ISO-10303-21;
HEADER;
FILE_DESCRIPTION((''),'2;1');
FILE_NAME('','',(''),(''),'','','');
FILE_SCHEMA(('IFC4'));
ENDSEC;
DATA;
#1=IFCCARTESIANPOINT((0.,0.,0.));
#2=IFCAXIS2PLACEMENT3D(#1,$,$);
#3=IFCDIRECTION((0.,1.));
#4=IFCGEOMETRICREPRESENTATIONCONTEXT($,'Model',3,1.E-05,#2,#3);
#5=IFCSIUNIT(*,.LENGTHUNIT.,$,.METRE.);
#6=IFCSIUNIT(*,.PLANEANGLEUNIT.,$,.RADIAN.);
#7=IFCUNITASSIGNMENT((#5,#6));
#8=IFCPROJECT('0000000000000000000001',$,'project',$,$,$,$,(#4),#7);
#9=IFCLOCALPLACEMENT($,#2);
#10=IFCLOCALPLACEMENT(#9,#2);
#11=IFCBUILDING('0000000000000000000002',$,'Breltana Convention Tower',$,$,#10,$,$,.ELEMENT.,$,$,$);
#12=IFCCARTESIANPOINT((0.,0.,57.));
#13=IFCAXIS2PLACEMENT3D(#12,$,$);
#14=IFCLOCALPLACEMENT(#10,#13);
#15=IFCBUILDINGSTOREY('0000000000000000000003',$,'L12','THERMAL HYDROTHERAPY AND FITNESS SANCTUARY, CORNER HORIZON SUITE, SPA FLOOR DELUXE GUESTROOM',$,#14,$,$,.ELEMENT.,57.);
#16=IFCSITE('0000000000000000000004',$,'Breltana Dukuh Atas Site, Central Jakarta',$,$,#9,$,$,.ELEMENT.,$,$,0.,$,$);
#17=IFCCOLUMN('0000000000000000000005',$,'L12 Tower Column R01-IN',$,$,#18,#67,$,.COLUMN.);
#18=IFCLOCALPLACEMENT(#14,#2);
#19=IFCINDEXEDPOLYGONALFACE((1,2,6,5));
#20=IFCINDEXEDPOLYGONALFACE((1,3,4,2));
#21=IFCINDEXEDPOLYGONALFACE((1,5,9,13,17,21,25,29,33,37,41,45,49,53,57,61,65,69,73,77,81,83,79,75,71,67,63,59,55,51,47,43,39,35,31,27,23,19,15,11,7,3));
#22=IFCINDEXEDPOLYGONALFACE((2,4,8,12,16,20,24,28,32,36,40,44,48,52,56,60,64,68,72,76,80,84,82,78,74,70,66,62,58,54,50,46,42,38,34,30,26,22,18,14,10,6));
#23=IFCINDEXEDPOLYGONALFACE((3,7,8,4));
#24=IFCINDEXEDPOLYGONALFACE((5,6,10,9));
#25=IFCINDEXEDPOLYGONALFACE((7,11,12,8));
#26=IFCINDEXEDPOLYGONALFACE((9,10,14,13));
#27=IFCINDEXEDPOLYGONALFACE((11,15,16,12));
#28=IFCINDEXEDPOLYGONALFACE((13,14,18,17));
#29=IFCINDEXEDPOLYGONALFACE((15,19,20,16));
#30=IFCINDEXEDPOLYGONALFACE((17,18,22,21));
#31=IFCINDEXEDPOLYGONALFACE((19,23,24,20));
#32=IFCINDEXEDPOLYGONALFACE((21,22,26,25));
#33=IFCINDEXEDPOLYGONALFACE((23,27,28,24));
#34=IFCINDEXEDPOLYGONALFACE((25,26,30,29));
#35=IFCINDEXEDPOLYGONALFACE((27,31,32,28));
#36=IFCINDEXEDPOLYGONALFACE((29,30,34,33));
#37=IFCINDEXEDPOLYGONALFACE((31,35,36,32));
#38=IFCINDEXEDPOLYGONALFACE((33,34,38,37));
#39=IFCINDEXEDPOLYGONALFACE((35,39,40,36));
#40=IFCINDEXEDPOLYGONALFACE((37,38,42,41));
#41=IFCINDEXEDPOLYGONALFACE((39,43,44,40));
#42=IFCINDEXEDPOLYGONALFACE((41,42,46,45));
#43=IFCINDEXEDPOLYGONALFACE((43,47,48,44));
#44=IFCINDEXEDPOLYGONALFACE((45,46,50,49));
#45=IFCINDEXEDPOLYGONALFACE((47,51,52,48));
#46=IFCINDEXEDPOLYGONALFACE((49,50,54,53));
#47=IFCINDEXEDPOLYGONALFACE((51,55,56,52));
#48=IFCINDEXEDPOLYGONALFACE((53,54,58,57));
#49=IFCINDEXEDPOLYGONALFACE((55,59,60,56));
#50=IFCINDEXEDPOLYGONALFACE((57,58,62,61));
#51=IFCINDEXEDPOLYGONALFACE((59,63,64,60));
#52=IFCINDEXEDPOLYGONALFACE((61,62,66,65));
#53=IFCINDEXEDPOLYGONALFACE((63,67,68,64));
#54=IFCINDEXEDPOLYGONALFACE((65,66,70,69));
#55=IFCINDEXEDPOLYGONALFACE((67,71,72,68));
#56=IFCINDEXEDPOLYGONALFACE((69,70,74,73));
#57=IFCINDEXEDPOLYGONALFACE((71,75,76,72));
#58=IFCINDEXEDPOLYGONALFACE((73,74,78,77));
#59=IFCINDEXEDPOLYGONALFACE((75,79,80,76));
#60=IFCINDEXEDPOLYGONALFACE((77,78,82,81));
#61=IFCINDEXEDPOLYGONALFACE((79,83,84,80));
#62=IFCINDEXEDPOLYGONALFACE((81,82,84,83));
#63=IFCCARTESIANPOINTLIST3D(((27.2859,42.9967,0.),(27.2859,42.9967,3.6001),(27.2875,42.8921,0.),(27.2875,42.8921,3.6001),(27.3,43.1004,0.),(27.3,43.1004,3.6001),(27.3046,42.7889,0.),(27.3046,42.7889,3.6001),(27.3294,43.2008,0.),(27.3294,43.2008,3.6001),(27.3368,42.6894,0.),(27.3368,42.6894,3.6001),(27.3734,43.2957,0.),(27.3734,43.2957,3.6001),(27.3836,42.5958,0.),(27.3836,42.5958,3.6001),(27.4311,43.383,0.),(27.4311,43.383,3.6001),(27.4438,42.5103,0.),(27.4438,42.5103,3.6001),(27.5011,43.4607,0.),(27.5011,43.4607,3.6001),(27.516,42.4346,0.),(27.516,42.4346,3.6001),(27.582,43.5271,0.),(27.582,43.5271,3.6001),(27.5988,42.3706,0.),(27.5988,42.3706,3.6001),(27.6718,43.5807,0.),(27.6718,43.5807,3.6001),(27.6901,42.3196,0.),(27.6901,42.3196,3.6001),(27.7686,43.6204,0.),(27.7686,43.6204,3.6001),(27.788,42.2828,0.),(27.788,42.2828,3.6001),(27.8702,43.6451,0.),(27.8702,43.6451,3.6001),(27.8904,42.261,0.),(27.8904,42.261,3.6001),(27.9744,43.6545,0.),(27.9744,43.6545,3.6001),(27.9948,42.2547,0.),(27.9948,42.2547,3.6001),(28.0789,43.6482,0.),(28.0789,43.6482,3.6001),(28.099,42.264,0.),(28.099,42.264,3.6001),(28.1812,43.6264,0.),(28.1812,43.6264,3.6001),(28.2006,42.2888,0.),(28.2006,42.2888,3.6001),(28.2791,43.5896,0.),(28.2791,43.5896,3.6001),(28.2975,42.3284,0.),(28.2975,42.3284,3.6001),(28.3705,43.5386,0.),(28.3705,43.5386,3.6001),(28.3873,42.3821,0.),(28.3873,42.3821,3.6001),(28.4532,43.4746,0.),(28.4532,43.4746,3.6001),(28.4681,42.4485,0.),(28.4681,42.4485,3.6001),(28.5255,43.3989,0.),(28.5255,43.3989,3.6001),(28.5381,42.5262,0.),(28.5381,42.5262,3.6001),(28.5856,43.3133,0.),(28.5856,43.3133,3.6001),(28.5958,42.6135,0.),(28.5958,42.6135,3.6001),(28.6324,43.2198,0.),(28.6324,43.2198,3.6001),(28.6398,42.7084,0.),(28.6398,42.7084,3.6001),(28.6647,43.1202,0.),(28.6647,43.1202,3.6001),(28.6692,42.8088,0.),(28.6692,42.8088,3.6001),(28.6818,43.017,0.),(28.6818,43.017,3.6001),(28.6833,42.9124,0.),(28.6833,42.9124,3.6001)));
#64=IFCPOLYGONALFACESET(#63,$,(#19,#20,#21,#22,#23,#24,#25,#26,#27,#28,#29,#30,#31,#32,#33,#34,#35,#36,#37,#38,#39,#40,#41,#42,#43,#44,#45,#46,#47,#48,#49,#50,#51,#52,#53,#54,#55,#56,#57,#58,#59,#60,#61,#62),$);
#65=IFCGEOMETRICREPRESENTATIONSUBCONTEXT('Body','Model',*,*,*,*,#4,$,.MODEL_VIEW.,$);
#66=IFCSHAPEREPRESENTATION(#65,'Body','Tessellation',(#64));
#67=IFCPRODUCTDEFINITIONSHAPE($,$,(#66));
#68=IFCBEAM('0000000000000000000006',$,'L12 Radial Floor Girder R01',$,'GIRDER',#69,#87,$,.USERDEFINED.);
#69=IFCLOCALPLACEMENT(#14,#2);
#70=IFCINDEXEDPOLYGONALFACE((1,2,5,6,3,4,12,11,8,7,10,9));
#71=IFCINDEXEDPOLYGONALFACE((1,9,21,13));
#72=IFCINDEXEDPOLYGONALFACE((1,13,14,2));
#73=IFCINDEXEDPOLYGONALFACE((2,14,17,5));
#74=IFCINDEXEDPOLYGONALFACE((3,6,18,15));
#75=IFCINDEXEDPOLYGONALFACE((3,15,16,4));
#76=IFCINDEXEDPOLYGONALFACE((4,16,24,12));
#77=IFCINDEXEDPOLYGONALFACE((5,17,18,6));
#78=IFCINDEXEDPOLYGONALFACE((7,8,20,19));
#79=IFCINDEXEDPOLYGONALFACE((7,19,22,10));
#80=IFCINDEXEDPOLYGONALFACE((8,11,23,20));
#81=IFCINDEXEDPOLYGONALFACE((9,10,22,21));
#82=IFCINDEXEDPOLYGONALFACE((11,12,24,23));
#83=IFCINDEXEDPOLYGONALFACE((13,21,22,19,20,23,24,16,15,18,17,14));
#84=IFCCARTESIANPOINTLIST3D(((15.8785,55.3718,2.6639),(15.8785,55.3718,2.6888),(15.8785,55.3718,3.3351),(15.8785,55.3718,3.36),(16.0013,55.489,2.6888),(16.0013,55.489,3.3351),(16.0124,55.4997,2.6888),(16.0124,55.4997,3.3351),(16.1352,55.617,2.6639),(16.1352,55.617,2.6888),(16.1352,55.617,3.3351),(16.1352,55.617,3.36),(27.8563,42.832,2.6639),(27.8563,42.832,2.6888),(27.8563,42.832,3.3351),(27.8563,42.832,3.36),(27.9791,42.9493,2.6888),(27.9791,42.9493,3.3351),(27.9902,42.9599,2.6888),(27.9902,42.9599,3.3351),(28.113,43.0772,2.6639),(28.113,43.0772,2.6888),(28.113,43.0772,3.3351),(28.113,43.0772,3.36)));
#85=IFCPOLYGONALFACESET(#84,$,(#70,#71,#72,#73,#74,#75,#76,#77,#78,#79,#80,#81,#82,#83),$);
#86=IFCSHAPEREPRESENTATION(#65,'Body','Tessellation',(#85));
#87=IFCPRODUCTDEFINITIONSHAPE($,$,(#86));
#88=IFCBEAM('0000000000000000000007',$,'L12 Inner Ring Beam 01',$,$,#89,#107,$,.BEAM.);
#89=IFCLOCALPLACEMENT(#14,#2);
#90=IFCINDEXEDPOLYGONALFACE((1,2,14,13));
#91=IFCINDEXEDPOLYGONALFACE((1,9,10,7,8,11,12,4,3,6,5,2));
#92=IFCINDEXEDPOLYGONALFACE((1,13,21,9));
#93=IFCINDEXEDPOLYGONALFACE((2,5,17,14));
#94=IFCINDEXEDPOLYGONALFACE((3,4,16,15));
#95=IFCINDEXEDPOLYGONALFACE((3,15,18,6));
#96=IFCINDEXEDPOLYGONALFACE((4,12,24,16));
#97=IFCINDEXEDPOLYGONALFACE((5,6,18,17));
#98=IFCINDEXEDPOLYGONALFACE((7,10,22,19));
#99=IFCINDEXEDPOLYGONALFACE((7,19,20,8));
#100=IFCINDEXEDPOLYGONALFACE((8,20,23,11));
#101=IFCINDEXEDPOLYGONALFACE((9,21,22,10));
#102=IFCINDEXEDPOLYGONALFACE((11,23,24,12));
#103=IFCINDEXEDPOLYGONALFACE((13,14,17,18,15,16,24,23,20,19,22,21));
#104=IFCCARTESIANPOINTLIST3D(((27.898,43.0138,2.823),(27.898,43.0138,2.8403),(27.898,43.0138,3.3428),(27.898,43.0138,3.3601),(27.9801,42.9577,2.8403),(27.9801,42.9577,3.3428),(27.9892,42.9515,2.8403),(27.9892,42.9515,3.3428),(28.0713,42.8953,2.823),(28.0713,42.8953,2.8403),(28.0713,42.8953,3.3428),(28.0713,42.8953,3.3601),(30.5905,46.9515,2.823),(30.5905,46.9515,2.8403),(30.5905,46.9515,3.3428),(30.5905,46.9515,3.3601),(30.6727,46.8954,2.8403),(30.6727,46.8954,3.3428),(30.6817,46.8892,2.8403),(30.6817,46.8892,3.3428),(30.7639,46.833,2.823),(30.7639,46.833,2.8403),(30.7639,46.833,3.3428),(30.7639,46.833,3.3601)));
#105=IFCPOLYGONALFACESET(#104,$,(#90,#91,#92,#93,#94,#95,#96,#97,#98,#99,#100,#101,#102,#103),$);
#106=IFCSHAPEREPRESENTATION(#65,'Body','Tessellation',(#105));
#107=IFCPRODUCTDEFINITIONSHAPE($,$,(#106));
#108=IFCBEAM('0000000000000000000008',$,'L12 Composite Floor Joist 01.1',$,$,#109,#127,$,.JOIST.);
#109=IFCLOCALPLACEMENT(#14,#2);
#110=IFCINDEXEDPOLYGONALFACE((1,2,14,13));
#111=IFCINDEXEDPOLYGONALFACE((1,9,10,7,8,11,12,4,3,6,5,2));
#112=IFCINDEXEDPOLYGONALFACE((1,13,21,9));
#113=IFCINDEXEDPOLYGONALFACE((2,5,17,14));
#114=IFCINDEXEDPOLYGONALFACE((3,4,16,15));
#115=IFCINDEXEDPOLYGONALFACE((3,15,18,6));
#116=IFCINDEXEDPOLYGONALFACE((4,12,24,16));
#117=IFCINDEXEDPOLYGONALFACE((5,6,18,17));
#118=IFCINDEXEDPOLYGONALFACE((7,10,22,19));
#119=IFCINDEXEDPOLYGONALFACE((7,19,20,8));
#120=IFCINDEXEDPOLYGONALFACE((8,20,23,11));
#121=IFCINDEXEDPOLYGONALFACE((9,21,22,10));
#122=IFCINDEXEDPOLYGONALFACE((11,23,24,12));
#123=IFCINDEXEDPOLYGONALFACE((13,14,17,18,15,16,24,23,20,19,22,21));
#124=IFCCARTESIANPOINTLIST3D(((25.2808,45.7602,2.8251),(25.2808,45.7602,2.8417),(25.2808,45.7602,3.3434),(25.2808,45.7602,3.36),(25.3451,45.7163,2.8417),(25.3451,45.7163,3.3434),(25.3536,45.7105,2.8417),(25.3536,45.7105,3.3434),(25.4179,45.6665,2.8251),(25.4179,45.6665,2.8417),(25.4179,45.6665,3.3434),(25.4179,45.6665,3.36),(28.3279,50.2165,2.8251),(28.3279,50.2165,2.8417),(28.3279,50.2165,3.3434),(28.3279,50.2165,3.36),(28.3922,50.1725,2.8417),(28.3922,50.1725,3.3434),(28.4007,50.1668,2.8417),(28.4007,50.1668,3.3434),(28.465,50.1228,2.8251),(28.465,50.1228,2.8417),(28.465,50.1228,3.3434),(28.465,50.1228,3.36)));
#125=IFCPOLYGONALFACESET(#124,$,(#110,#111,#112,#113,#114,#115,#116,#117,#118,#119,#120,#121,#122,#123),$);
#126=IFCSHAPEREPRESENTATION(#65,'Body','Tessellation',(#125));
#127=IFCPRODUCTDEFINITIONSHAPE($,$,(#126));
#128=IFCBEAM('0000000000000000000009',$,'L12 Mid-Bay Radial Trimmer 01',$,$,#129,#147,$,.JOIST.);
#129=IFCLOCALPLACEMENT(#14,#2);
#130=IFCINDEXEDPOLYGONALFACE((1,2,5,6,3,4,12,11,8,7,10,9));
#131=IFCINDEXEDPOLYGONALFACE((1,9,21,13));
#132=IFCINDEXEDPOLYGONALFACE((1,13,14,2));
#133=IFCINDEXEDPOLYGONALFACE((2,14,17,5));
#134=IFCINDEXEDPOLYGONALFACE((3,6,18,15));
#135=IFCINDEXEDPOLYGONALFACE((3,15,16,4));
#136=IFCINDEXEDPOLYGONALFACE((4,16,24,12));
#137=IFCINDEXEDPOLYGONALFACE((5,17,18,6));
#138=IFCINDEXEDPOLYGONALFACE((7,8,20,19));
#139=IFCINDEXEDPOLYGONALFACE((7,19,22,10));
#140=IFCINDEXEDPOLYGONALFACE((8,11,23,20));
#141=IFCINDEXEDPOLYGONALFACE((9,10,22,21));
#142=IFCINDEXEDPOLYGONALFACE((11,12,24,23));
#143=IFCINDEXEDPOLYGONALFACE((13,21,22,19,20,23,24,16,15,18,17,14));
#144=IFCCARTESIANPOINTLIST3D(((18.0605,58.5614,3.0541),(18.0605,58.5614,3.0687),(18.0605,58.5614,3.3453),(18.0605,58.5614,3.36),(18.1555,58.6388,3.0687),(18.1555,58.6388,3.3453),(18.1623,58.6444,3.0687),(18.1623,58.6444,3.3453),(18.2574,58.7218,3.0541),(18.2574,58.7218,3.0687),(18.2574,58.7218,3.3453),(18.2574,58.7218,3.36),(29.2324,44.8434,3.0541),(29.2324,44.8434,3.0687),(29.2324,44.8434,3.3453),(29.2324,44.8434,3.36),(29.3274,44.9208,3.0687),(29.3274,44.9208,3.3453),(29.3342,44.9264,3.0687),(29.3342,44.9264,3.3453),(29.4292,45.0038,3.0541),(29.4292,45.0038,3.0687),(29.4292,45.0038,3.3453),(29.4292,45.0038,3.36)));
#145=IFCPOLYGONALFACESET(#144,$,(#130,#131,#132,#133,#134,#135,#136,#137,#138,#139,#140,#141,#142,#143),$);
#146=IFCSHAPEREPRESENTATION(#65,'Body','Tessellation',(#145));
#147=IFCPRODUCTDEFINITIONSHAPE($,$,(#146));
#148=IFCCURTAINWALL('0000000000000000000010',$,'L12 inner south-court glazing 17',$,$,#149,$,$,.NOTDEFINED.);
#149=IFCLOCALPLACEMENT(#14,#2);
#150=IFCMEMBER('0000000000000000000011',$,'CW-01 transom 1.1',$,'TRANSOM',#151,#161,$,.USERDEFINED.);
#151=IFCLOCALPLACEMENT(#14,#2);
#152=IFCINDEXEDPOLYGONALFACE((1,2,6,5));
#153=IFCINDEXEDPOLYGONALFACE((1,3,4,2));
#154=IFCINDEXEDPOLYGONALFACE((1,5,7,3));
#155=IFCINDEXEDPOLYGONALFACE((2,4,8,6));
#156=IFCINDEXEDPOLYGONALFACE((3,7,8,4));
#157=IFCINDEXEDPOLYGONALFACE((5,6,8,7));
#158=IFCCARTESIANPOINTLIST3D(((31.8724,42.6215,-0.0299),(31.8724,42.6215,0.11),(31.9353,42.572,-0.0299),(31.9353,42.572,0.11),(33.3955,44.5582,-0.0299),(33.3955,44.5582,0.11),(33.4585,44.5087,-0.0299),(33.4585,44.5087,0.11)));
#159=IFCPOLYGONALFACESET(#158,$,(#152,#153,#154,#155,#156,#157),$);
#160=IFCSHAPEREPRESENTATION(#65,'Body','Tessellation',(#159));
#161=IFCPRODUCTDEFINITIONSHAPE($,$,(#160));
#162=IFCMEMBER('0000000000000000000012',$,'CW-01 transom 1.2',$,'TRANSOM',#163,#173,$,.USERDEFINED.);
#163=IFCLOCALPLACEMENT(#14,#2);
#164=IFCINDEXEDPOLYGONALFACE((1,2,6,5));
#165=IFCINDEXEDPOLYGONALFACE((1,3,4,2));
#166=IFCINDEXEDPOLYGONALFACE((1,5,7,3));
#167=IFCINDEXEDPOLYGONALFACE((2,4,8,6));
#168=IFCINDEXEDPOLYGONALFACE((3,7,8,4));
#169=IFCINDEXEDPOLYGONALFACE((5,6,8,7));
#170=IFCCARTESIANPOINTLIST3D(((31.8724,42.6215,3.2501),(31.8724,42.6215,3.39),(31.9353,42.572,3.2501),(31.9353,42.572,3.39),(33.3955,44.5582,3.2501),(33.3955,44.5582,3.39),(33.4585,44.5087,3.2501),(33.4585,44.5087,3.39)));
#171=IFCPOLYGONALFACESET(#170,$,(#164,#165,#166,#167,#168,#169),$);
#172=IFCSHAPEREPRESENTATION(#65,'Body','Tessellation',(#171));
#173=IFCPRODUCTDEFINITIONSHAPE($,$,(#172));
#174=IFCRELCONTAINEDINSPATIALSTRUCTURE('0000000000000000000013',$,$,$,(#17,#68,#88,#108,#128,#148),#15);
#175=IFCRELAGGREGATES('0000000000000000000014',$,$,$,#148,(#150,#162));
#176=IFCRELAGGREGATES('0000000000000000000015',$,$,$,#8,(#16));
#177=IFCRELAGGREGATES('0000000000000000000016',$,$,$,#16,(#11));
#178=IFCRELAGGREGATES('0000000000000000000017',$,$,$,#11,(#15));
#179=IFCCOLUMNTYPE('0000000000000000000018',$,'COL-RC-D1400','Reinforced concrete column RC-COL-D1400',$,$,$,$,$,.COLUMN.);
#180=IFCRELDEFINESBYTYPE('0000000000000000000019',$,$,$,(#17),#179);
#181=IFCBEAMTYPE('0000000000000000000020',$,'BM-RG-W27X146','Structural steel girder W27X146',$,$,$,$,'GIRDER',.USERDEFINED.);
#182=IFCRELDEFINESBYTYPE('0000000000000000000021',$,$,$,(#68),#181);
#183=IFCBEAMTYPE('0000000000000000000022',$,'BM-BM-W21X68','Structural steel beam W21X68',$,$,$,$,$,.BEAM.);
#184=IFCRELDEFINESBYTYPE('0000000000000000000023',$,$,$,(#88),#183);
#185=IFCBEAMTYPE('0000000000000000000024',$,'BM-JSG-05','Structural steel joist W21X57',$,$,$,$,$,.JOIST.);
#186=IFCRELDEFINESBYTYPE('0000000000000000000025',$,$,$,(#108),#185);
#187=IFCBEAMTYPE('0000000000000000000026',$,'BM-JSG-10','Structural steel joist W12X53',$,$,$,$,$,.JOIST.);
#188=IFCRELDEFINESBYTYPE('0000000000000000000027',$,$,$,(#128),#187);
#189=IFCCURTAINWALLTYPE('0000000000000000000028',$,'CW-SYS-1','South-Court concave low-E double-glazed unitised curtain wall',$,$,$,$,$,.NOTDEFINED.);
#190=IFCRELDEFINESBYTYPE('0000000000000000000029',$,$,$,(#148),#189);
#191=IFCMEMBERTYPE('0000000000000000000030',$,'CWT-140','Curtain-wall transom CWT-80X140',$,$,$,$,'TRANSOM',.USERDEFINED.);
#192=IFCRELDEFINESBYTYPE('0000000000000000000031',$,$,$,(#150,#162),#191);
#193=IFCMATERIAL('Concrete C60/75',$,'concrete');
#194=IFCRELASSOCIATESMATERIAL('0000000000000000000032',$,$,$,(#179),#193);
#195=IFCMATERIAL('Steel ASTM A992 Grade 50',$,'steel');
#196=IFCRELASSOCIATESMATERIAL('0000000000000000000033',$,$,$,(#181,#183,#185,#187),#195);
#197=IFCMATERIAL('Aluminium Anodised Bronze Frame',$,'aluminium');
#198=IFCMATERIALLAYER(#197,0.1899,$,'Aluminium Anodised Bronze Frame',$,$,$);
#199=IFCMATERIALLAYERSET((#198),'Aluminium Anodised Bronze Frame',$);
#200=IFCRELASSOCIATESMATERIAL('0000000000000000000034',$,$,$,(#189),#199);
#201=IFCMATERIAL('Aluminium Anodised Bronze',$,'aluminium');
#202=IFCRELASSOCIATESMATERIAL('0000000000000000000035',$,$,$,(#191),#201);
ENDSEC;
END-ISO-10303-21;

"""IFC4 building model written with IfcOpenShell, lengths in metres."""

from ifc_helpers import new_model, si_unit, direction, frame, origin, origin_2d, place, context, subcontext, project, spatial, rectangle, circle, i_section, extrude, source, transform, mapped, material, layer, layer_set, material_profile, profile_set, type_object, type_shapes, element, aggregate, save


model = new_model("IFC4")

# Units and contexts
model_context = context("Model", 3, precision=1e-05, world=origin(), true_north=direction((0.0, 1.0)))
body_context = subcontext(model_context, "Body", "Model", "MODEL_VIEW")
ifc_project = project(units=[si_unit("LENGTHUNIT", "METRE"), si_unit("PLANEANGLEUNIT", "RADIAN")], contexts=[model_context])

# Site, building, storey
site_placement = place(None, origin())
site = spatial("IfcSite", under=ifc_project, at=site_placement, Name="Breltana Dukuh Atas Site, Central Jakarta", CompositionType="ELEMENT", RefElevation=0.0)
building_placement = place(site_placement, origin())
building = spatial("IfcBuilding", under=site, at=building_placement, Name="Breltana Convention Tower", CompositionType="ELEMENT")
storey_placement = place(building_placement, frame((0.0, 0.0, 57.0)))
storey = spatial("IfcBuildingStorey", under=building, at=storey_placement, Name="L12", Description="THERMAL HYDROTHERAPY AND FITNESS SANCTUARY, CORNER HORIZON SUITE, SPA FLOOR DELUXE GUESTROOM", CompositionType="ELEMENT", Elevation=57.0)

# Column
ifc_material_1 = material(Name="Concrete C60/75", Category="concrete")
ifc_material_profile_1 = material_profile(ifc_material_1, circle(Radius=0.7, at=origin_2d()), Name="RC-COL-D1400")
ifc_profile_set_1 = profile_set([ifc_material_profile_1], Name="Concrete C60/75")
column_type = type_object("IfcColumnType", Name="COL-RC-D1400", Description="Reinforced concrete column RC-COL-D1400", PredefinedType="COLUMN", material=ifc_profile_set_1)
shared_shape_1 = source(origin(), body_context, "Body", "SweptSolid", [
    extrude(circle(Radius=0.7, at=origin_2d()), origin(), (0.0, 0.0, 1.0), 3.6001),
])
column_placement = place(storey_placement, frame((27.9846, 42.9546, 0.0), z_axis=(0.0, 0.0, 1.0), x_axis=(-0.690756, 0.723088, 0.0)))
element("IfcColumn", 1, at=column_placement, inside=storey, type_object=column_type, Name="L12 Tower Column R01-IN", PredefinedType="COLUMN", context=body_context, shape_type="MappedRepresentation", body=[
    mapped(shared_shape_1, transform((0.0, 0.0, 0.0), scale=1.0)),
])

# Beams
ifc_material_2 = material(Name="Steel ASTM A992 Grade 50", Category="steel")
ifc_material_profile_2 = material_profile(ifc_material_2, i_section(OverallWidth=0.355, OverallDepth=0.696, WebThickness=0.0154, FlangeThickness=0.0249, at=origin_2d()), Name="W27X146")
ifc_profile_set_2 = profile_set([ifc_material_profile_2], Name="Steel ASTM A992 Grade 50")
beam_type_1 = type_object("IfcBeamType", Name="BM-RG-W27X146", Description="Structural steel girder W27X146", ElementType="GIRDER", PredefinedType="USERDEFINED", material=ifc_profile_set_2)
shared_shape_2 = source(origin(), body_context, "Body", "SweptSolid", [
    extrude(i_section(OverallWidth=0.355, OverallDepth=0.696, WebThickness=0.0154, FlangeThickness=0.0249, at=origin_2d()), origin(), (0.0, 0.0, 1.0), 17.3411),
])
type_shapes(beam_type_1, [shared_shape_2])
beam_1_placement = place(storey_placement, frame((27.9846, 42.9546, 3.012), z_axis=(-0.690716, 0.723126, 0.0), x_axis=(-0.723126, -0.690716, 0.0)))
element("IfcBeam", 2, at=beam_1_placement, inside=storey, type_object=beam_type_1, Name="L12 Radial Floor Girder R01", ObjectType="GIRDER", PredefinedType="USERDEFINED", context=body_context, shape_type="MappedRepresentation", body=[
    mapped(shared_shape_2, transform((0.0, 0.0, 0.0), scale=1.0)),
])
ifc_material_profile_3 = material_profile(ifc_material_2, i_section(OverallWidth=0.21, OverallDepth=0.5371, WebThickness=0.011, FlangeThickness=0.0173, at=origin_2d()), Name="W21X68")
ifc_profile_set_3 = profile_set([ifc_material_profile_3], Name="Steel ASTM A992 Grade 50")
beam_type_2 = type_object("IfcBeamType", Name="BM-BM-W21X68", Description="Structural steel beam W21X68", PredefinedType="BEAM", material=ifc_profile_set_3)
shared_shape_3 = source(origin(), body_context, "Body", "SweptSolid", [
    extrude(i_section(OverallWidth=0.21, OverallDepth=0.5371, WebThickness=0.011, FlangeThickness=0.0173, at=origin_2d()), origin(), (0.0, 0.0, 1.0), 4.7703),
])
beam_2_placement = place(storey_placement, frame((27.9846, 42.9546, 3.0916), z_axis=(0.564453, 0.825465, 0.0), x_axis=(-0.825465, 0.564453, 0.0)))
element("IfcBeam", 3, at=beam_2_placement, inside=storey, type_object=beam_type_2, Name="L12 Inner Ring Beam 01", PredefinedType="BEAM", context=body_context, shape_type="MappedRepresentation", body=[
    mapped(shared_shape_3, transform((0.0, 0.0, 0.0), scale=1.0)),
])
ifc_material_profile_4 = material_profile(ifc_material_2, i_section(OverallWidth=0.166, OverallDepth=0.5349, WebThickness=0.0103, FlangeThickness=0.0166, at=origin_2d()), Name="W21X57")
ifc_profile_set_4 = profile_set([ifc_material_profile_4], Name="Steel ASTM A992 Grade 50")
beam_type_3 = type_object("IfcBeamType", Name="BM-JSG-05", Description="Structural steel joist W21X57", PredefinedType="JOIST", material=ifc_profile_set_4)
shared_shape_4 = source(origin(), body_context, "Body", "SweptSolid", [
    extrude(i_section(OverallWidth=0.166, OverallDepth=0.5349, WebThickness=0.0103, FlangeThickness=0.0166, at=origin_2d()), origin(), (0.0, 0.0, 1.0), 5.3984),
])
type_shapes(beam_type_3, [shared_shape_4])
beam_3_placement = place(storey_placement, frame((25.3494, 45.7134, 3.0925), z_axis=(0.564441, 0.825474, 0.0), x_axis=(-0.825474, 0.564441, 0.0)))
element("IfcBeam", 4, at=beam_3_placement, inside=storey, type_object=beam_type_3, Name="L12 Composite Floor Joist 01.1", PredefinedType="JOIST", context=body_context, shape_type="MappedRepresentation", body=[
    mapped(shared_shape_4, transform((0.0, 0.0, 0.0), scale=1.0)),
])
ifc_material_profile_5 = material_profile(ifc_material_2, i_section(OverallWidth=0.2539, OverallDepth=0.3059, WebThickness=0.0088, FlangeThickness=0.0146, at=origin_2d()), Name="W12X53")
ifc_profile_set_5 = profile_set([ifc_material_profile_5], Name="Steel ASTM A992 Grade 50")
beam_type_4 = type_object("IfcBeamType", Name="BM-JSG-10", Description="Structural steel joist W12X53", PredefinedType="JOIST", material=ifc_profile_set_5)
shared_shape_5 = source(origin(), body_context, "Body", "SweptSolid", [
    extrude(i_section(OverallWidth=0.2539, OverallDepth=0.3059, WebThickness=0.0088, FlangeThickness=0.0146, at=origin_2d()), origin(), (0.0, 0.0, 1.0), 17.6917),
])
type_shapes(beam_type_4, [shared_shape_5])
beam_4_placement = place(storey_placement, frame((29.3308, 44.9236, 3.207), z_axis=(-0.631477, 0.775395, 0.0), x_axis=(-0.775395, -0.631477, 0.0)))
element("IfcBeam", 5, at=beam_4_placement, inside=storey, type_object=beam_type_4, Name="L12 Mid-Bay Radial Trimmer 01", PredefinedType="JOIST", context=body_context, shape_type="MappedRepresentation", body=[
    mapped(shared_shape_5, transform((0.0, 0.0, 0.0), scale=1.0)),
])

# Curtain wall, members
ifc_material_3 = material(Name="Aluminium Anodised Bronze Frame", Category="aluminium")
ifc_layer_1 = layer(ifc_material_3, 0.1899, Name="Aluminium Anodised Bronze Frame")
ifc_layer_set_1 = layer_set([ifc_layer_1], Name="Aluminium Anodised Bronze Frame")
curtain_wall_type = type_object("IfcCurtainWallType", Name="CW-SYS-1", Description="South-Court concave low-E double-glazed unitised curtain wall", PredefinedType="NOTDEFINED", material=ifc_layer_set_1)
curtain_wall_1_placement = place(storey_placement, origin())
curtain_wall_1 = element("IfcCurtainWall", 6, at=curtain_wall_1_placement, inside=storey, type_object=curtain_wall_type, Name="L12 inner south-court glazing 17", PredefinedType="NOTDEFINED")
ifc_material_4 = material(Name="Aluminium Anodised Bronze", Category="aluminium")
ifc_material_profile_6 = material_profile(ifc_material_4, rectangle(XDim=0.0801, YDim=0.1399, at=origin_2d()), Name="CWT-80X140")
ifc_profile_set_6 = profile_set([ifc_material_profile_6], Name="Aluminium Anodised Bronze")
member_type_1 = type_object("IfcMemberType", Name="CWT-140", Description="Curtain-wall transom CWT-80X140", ElementType="TRANSOM", PredefinedType="USERDEFINED", material=ifc_profile_set_6)
shared_shape_6 = source(origin(), body_context, "Body", "SweptSolid", [
    extrude(rectangle(XDim=0.0801, YDim=0.1399, at=origin_2d()), origin(), (0.0, 0.0, 1.0), 2.4639),
])
member_1_placement = place(storey_placement, frame((33.427, 44.5334, 0.04), z_axis=(-0.618185, -0.786033, 0.0), x_axis=(0.786033, -0.618185, 0.0)))
member_1 = element("IfcMember", 7, at=member_1_placement, type_object=member_type_1, Name="CW-01 transom 1.1", ObjectType="TRANSOM", PredefinedType="USERDEFINED", context=body_context, shape_type="MappedRepresentation", body=[
    mapped(shared_shape_6, transform((0.0, 0.0, 0.0), scale=1.0)),
])
member_2_placement = place(storey_placement, frame((33.427, 44.5334, 3.3201), z_axis=(-0.618185, -0.786033, 0.0), x_axis=(0.786033, -0.618185, 0.0)))
member_2 = element("IfcMember", 8, at=member_2_placement, type_object=member_type_1, Name="CW-01 transom 1.2", ObjectType="TRANSOM", PredefinedType="USERDEFINED", context=body_context, shape_type="MappedRepresentation", body=[
    mapped(shared_shape_6, transform((0.0, 0.0, 0.0), scale=1.0)),
])

aggregate(curtain_wall_1, [member_1, member_2])

save(model, "model.ifc")
